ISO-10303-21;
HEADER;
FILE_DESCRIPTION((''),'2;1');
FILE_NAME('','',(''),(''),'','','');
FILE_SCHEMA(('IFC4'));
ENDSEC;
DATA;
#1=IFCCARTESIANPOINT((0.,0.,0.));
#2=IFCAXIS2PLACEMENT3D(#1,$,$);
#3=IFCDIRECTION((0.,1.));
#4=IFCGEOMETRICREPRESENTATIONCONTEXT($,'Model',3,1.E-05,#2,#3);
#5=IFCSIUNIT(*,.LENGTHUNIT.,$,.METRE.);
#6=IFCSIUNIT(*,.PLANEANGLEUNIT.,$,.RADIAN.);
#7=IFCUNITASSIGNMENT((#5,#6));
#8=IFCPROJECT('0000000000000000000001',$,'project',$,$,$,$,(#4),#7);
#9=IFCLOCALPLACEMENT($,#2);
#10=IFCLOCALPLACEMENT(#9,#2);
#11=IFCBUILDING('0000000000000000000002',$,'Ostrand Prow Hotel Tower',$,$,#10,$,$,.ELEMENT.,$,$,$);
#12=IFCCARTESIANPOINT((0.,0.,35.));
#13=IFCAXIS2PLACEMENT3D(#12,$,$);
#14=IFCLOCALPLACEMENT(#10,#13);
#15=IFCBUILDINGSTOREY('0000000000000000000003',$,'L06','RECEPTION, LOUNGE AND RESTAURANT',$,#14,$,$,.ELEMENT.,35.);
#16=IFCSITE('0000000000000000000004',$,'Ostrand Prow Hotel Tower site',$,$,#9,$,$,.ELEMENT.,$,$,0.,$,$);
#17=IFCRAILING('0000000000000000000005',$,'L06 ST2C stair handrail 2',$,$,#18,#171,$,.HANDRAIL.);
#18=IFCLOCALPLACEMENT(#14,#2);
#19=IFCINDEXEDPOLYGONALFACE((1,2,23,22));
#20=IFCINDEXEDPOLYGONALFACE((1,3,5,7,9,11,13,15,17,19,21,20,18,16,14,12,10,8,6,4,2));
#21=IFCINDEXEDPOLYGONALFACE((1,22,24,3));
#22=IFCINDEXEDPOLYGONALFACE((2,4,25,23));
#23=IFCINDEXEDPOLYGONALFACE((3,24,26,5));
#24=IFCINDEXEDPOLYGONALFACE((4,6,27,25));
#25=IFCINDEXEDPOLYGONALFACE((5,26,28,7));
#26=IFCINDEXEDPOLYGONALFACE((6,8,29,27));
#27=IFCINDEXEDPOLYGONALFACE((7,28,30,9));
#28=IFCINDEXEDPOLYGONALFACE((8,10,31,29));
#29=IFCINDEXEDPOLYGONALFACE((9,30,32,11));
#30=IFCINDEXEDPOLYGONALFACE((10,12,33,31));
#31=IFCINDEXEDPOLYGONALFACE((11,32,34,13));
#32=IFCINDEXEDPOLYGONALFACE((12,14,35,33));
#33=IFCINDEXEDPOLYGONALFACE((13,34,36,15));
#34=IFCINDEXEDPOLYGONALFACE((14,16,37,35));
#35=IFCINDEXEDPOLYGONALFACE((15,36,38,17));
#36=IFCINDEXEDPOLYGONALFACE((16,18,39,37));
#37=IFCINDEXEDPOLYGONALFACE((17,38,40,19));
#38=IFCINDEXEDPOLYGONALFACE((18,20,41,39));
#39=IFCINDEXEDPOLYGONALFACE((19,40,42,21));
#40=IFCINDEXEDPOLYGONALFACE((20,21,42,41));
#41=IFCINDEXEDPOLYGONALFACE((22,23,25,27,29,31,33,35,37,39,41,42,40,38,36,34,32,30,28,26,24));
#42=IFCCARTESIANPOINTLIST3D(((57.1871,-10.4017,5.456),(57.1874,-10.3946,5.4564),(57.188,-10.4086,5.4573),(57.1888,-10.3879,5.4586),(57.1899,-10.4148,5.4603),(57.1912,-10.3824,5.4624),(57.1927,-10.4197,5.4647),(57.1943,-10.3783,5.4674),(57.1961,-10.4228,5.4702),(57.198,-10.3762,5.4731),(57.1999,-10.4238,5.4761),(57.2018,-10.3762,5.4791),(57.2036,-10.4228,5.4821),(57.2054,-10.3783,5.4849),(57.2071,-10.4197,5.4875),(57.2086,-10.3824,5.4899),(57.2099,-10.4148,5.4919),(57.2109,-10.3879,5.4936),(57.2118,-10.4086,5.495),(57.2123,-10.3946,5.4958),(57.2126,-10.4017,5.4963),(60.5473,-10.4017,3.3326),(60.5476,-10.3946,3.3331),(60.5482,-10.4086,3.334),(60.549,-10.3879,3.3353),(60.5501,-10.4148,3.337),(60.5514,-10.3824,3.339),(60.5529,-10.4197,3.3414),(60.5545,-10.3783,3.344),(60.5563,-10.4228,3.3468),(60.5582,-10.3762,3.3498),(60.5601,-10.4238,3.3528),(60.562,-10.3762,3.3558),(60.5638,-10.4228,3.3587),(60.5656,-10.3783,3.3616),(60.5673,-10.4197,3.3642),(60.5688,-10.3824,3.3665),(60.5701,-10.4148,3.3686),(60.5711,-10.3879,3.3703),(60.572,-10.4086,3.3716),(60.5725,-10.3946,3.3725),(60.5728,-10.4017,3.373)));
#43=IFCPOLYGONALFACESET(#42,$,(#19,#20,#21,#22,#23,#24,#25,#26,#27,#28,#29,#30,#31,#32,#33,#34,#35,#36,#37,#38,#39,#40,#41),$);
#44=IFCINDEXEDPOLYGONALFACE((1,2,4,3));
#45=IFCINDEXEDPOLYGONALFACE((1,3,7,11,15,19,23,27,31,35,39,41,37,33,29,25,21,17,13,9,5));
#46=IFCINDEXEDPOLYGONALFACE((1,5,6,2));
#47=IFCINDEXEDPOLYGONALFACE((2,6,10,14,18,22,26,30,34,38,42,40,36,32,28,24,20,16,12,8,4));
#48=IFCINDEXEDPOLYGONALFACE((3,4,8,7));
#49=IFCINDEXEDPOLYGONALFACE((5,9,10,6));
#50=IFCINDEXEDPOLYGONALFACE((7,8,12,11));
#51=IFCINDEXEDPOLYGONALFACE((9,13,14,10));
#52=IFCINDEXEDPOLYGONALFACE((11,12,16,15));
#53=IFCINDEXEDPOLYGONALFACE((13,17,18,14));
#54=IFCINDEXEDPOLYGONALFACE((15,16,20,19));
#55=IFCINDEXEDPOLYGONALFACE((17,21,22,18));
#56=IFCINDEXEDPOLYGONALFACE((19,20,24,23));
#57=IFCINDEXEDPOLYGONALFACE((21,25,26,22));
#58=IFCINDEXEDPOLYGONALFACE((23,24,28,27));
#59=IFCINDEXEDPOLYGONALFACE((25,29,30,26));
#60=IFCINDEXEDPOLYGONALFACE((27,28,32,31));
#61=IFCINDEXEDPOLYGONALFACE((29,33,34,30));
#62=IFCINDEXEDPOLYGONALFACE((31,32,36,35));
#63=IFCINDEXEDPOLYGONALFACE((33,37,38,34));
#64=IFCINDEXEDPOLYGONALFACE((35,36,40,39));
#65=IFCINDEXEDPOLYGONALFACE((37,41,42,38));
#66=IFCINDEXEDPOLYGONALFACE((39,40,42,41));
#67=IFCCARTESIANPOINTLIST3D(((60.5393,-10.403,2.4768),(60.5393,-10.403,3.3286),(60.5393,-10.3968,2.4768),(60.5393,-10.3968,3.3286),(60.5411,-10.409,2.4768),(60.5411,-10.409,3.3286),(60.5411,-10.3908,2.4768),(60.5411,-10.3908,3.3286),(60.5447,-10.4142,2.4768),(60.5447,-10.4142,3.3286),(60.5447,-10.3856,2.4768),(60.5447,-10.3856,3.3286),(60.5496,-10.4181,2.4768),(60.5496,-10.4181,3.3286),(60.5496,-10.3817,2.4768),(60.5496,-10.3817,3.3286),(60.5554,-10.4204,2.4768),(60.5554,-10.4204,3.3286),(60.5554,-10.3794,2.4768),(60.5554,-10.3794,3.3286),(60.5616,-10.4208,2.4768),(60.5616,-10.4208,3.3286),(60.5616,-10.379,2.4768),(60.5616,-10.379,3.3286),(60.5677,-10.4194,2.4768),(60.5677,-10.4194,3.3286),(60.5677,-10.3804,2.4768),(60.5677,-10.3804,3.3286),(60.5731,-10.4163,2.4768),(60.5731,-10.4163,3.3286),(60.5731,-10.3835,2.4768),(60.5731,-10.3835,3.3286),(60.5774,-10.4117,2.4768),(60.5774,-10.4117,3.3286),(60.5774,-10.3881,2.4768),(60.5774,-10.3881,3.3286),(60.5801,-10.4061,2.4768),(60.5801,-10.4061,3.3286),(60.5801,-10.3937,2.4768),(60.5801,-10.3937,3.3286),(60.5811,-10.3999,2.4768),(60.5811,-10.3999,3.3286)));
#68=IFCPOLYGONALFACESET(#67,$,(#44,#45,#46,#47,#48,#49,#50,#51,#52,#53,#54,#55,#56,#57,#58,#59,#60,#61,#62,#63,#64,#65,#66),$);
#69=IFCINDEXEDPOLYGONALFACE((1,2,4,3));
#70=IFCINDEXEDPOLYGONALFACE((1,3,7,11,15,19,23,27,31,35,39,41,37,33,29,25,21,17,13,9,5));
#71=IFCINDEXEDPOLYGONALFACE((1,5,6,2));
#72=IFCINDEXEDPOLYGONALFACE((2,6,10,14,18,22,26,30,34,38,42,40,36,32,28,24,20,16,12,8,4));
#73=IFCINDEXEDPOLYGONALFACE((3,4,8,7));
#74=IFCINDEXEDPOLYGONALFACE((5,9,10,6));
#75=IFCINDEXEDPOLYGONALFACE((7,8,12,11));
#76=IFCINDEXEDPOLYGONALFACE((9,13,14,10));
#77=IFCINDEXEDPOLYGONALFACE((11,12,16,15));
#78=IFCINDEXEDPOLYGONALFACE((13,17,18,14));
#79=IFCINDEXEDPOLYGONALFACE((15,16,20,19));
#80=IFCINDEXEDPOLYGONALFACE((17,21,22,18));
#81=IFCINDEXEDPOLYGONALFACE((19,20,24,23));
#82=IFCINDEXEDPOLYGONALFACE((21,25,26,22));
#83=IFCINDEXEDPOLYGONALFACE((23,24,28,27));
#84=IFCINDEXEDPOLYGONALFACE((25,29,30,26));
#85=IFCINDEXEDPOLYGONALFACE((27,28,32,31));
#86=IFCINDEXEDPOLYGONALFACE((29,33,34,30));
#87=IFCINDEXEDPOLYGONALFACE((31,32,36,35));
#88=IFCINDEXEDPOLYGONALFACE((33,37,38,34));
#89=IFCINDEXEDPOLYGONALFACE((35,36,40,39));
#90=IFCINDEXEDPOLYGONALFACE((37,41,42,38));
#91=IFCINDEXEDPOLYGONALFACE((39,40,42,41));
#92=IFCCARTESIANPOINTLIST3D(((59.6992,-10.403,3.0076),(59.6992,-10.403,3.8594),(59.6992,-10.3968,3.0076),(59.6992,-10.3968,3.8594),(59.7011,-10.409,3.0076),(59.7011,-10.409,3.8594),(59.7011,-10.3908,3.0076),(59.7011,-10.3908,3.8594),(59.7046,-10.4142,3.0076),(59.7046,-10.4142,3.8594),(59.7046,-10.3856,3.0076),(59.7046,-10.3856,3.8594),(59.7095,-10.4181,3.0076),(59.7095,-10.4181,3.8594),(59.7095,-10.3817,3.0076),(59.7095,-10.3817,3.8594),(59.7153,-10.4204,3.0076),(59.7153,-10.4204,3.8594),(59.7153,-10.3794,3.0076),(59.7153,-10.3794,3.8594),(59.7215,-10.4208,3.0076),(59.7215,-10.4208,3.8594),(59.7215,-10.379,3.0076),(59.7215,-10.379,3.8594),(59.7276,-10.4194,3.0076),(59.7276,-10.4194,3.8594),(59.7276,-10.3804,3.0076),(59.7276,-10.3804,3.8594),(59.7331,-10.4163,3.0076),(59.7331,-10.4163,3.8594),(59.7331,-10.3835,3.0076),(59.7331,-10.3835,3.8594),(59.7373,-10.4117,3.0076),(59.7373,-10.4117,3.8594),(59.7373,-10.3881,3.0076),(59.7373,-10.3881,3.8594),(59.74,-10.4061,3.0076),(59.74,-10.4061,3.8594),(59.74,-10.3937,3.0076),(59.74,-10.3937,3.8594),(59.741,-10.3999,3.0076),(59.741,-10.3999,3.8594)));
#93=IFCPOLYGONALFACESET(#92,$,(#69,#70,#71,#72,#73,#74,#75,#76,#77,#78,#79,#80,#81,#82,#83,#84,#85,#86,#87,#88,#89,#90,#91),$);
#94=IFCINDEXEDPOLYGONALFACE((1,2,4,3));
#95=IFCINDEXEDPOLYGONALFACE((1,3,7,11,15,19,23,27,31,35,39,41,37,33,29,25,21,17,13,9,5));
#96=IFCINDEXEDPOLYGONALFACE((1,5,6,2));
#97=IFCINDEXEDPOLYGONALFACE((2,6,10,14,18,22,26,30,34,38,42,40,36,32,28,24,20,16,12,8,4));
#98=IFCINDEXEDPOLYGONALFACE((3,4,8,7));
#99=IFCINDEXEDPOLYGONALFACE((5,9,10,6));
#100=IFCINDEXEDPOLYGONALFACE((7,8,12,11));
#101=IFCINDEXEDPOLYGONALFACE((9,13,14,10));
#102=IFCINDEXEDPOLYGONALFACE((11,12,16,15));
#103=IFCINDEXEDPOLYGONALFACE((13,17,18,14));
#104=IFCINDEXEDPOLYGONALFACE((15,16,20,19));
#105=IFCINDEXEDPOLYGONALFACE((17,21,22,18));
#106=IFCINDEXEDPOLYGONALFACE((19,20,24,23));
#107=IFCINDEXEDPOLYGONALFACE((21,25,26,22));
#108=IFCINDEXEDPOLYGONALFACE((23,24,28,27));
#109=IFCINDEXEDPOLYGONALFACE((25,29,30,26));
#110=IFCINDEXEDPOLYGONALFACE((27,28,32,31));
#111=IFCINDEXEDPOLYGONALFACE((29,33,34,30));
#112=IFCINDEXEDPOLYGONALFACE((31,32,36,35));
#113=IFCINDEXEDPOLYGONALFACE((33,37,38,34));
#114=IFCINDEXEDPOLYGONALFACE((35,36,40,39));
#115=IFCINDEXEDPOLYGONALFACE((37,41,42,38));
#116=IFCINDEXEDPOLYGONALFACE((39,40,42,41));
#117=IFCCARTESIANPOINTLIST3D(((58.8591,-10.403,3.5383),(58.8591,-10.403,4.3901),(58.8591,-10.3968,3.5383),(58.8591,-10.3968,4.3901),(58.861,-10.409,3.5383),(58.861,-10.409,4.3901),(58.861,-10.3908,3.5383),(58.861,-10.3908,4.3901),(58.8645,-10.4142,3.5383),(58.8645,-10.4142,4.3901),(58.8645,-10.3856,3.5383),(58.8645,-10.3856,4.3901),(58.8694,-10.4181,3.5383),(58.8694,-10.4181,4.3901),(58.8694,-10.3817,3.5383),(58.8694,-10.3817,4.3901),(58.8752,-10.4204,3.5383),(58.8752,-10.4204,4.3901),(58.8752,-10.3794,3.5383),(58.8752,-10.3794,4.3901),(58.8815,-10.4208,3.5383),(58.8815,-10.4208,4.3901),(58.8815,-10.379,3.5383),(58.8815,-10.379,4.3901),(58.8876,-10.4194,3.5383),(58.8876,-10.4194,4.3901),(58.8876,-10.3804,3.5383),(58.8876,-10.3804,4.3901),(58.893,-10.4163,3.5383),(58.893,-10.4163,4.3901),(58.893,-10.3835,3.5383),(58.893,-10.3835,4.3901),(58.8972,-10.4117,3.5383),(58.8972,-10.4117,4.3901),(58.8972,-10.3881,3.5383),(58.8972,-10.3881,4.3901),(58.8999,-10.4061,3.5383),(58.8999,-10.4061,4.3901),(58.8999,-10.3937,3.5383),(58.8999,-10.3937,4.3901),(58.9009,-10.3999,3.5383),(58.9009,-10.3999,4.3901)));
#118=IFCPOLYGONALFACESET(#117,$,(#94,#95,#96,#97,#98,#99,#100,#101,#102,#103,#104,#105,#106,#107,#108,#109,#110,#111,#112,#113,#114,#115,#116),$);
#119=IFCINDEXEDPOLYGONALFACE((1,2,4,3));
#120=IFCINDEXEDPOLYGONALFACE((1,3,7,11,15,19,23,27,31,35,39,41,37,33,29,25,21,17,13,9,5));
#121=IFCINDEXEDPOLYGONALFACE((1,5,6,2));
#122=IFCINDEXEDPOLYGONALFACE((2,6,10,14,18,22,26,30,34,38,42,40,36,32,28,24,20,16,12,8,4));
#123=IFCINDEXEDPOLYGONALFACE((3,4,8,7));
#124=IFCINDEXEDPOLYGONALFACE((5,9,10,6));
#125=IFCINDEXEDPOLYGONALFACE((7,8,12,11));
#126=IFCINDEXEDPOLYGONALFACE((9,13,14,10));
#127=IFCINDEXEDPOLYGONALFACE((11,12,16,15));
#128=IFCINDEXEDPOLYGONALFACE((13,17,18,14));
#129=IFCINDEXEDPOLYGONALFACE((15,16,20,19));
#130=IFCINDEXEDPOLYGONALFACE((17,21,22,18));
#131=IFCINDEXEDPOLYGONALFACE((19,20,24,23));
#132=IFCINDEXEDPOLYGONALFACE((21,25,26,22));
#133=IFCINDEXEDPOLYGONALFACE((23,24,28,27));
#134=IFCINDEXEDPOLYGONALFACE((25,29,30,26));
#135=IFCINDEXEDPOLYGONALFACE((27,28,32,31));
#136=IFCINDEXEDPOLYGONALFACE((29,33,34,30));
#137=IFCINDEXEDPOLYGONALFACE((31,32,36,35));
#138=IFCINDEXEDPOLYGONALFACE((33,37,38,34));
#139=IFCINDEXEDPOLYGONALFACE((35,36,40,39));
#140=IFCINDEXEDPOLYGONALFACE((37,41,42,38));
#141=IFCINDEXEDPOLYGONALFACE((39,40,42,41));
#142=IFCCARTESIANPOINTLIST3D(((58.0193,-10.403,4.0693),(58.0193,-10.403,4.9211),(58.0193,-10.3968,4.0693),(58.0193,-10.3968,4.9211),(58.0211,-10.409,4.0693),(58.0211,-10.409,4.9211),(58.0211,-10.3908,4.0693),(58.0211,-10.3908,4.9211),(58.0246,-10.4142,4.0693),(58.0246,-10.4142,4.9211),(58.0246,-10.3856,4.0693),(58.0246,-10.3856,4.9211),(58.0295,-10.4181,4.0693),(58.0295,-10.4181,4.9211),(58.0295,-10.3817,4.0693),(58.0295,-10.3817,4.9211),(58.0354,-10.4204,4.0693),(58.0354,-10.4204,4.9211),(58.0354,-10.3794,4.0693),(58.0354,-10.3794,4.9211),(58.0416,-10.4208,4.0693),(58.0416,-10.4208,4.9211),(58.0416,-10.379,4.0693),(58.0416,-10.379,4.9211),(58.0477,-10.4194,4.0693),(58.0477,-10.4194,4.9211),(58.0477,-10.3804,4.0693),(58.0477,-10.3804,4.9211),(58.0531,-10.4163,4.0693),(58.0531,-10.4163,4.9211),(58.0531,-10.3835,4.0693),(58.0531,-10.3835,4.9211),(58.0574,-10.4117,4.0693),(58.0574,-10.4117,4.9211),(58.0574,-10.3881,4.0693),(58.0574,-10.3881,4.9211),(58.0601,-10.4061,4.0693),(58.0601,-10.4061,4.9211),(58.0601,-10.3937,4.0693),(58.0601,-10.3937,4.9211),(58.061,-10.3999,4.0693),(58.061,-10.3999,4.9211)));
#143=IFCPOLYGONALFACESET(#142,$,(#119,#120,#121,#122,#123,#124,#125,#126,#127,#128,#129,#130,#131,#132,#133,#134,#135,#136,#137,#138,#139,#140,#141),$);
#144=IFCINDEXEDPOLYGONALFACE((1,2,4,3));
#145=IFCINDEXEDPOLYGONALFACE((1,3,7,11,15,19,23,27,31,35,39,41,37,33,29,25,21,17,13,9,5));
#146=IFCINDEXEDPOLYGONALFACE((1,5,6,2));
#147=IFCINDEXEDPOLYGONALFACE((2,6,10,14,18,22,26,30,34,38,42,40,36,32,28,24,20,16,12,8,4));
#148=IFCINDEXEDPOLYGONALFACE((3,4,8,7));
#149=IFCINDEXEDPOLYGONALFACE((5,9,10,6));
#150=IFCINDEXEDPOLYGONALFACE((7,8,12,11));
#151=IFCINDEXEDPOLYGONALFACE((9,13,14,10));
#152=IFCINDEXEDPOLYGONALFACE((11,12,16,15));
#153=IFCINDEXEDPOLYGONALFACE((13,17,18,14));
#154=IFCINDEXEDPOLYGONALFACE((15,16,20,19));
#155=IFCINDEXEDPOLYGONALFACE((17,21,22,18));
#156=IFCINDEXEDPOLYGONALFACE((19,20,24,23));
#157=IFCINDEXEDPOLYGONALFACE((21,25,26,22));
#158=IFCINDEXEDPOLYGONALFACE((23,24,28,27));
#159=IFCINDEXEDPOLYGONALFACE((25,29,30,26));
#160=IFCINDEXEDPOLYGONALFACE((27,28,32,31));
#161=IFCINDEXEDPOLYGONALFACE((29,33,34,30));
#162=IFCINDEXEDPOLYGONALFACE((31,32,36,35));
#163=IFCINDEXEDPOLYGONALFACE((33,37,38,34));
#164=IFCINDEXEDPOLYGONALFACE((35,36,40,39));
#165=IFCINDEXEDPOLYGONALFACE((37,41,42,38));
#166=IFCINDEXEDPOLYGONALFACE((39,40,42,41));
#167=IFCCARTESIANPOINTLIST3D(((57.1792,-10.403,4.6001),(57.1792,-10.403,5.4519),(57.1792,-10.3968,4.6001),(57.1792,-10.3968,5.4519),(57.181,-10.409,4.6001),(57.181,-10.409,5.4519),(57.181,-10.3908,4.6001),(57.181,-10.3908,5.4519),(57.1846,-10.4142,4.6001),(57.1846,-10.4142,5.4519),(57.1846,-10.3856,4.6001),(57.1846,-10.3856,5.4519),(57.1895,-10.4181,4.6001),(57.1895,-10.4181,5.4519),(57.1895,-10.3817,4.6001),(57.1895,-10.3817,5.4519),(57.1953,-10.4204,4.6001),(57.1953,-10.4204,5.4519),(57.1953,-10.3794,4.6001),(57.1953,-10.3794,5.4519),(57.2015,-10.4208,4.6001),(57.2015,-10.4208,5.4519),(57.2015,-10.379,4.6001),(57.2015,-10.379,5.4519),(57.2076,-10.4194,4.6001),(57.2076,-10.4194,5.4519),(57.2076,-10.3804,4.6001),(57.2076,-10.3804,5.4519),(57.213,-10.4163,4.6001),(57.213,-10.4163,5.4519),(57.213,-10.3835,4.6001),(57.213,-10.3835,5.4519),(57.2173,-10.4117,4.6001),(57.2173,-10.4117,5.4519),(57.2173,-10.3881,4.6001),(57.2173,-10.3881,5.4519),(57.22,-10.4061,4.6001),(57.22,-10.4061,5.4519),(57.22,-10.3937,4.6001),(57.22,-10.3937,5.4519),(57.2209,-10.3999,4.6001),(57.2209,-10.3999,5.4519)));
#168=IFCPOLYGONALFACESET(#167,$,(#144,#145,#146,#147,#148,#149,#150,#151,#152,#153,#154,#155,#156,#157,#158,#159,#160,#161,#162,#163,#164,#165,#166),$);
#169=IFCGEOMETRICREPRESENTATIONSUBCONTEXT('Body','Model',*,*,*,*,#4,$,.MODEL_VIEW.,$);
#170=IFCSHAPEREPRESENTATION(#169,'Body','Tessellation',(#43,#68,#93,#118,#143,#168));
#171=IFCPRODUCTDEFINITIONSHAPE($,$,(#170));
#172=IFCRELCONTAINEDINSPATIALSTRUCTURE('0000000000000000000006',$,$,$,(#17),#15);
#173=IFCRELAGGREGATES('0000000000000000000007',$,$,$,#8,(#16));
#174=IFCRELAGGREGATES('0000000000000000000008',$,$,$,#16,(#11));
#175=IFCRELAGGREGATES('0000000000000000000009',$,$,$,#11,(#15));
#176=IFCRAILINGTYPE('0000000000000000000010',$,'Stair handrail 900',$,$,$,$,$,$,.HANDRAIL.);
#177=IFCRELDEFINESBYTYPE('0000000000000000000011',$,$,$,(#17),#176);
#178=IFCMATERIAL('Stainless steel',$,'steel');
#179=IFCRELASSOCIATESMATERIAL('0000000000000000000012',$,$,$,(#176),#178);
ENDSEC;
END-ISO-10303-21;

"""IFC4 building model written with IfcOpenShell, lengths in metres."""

from ifc_helpers import new_model, si_unit, direction, frame, origin, origin_2d, place, context, subcontext, project, spatial, circle, extrude, material, type_object, element, save


model = new_model("IFC4")

# Units and contexts
model_context = context("Model", 3, precision=1e-05, world=origin(), true_north=direction((0.0, 1.0)))
body_context = subcontext(model_context, "Body", "Model", "MODEL_VIEW")
ifc_project = project(units=[si_unit("LENGTHUNIT", "METRE"), si_unit("PLANEANGLEUNIT", "RADIAN")], contexts=[model_context])

# Site, building, storey
site_placement = place(None, origin())
site = spatial("IfcSite", under=ifc_project, at=site_placement, Name="Ostrand Prow Hotel Tower site", CompositionType="ELEMENT", RefElevation=0.0)
building_placement = place(site_placement, origin())
building = spatial("IfcBuilding", under=site, at=building_placement, Name="Ostrand Prow Hotel Tower", CompositionType="ELEMENT")
storey_placement = place(building_placement, frame((0.0, 0.0, 35.0)))
storey = spatial("IfcBuildingStorey", under=building, at=storey_placement, Name="L06", Description="RECEPTION, LOUNGE AND RESTAURANT", CompositionType="ELEMENT", Elevation=35.0)

# Railing
ifc_material_1 = material(Name="Stainless steel", Category="steel")
railing_type_1 = type_object("IfcRailingType", Name="Stair handrail 900", PredefinedType="HANDRAIL", material=ifc_material_1)
railing_1_placement = place(storey_placement, frame((60.5601, -10.3999, 2.4768)))
element("IfcRailing", 1, at=railing_1_placement, inside=storey, type_object=railing_type_1, Name="L06 ST2C stair handrail 2", PredefinedType="HANDRAIL", context=body_context, shape_type="SweptSolid", body=[
    extrude(circle(Radius=0.0239, at=origin_2d()), frame((0.0, 0.0, 0.876), z_axis=(-0.845362, 0.0, 0.534194), x_axis=(0.0, -1.0, 0.0)), (0.0, 0.0, 1.0), 3.9749),
    extrude(circle(Radius=0.021, at=origin_2d()), origin(), (0.0, 0.0, 1.0), 0.8518),
    extrude(circle(Radius=0.021, at=origin_2d()), frame((-0.8401, 0.0, 0.5308)), (0.0, 0.0, 1.0), 0.8518),
    extrude(circle(Radius=0.021, at=origin_2d()), frame((-1.6802, 0.0, 1.0615)), (0.0, 0.0, 1.0), 0.8518),
    extrude(circle(Radius=0.021, at=origin_2d()), frame((-2.52, 0.0, 1.5925)), (0.0, 0.0, 1.0), 0.8518),
    extrude(circle(Radius=0.021, at=origin_2d()), frame((-3.3601, 0.0, 2.1233)), (0.0, 0.0, 1.0), 0.8518),
])

save(model, "model.ifc")
